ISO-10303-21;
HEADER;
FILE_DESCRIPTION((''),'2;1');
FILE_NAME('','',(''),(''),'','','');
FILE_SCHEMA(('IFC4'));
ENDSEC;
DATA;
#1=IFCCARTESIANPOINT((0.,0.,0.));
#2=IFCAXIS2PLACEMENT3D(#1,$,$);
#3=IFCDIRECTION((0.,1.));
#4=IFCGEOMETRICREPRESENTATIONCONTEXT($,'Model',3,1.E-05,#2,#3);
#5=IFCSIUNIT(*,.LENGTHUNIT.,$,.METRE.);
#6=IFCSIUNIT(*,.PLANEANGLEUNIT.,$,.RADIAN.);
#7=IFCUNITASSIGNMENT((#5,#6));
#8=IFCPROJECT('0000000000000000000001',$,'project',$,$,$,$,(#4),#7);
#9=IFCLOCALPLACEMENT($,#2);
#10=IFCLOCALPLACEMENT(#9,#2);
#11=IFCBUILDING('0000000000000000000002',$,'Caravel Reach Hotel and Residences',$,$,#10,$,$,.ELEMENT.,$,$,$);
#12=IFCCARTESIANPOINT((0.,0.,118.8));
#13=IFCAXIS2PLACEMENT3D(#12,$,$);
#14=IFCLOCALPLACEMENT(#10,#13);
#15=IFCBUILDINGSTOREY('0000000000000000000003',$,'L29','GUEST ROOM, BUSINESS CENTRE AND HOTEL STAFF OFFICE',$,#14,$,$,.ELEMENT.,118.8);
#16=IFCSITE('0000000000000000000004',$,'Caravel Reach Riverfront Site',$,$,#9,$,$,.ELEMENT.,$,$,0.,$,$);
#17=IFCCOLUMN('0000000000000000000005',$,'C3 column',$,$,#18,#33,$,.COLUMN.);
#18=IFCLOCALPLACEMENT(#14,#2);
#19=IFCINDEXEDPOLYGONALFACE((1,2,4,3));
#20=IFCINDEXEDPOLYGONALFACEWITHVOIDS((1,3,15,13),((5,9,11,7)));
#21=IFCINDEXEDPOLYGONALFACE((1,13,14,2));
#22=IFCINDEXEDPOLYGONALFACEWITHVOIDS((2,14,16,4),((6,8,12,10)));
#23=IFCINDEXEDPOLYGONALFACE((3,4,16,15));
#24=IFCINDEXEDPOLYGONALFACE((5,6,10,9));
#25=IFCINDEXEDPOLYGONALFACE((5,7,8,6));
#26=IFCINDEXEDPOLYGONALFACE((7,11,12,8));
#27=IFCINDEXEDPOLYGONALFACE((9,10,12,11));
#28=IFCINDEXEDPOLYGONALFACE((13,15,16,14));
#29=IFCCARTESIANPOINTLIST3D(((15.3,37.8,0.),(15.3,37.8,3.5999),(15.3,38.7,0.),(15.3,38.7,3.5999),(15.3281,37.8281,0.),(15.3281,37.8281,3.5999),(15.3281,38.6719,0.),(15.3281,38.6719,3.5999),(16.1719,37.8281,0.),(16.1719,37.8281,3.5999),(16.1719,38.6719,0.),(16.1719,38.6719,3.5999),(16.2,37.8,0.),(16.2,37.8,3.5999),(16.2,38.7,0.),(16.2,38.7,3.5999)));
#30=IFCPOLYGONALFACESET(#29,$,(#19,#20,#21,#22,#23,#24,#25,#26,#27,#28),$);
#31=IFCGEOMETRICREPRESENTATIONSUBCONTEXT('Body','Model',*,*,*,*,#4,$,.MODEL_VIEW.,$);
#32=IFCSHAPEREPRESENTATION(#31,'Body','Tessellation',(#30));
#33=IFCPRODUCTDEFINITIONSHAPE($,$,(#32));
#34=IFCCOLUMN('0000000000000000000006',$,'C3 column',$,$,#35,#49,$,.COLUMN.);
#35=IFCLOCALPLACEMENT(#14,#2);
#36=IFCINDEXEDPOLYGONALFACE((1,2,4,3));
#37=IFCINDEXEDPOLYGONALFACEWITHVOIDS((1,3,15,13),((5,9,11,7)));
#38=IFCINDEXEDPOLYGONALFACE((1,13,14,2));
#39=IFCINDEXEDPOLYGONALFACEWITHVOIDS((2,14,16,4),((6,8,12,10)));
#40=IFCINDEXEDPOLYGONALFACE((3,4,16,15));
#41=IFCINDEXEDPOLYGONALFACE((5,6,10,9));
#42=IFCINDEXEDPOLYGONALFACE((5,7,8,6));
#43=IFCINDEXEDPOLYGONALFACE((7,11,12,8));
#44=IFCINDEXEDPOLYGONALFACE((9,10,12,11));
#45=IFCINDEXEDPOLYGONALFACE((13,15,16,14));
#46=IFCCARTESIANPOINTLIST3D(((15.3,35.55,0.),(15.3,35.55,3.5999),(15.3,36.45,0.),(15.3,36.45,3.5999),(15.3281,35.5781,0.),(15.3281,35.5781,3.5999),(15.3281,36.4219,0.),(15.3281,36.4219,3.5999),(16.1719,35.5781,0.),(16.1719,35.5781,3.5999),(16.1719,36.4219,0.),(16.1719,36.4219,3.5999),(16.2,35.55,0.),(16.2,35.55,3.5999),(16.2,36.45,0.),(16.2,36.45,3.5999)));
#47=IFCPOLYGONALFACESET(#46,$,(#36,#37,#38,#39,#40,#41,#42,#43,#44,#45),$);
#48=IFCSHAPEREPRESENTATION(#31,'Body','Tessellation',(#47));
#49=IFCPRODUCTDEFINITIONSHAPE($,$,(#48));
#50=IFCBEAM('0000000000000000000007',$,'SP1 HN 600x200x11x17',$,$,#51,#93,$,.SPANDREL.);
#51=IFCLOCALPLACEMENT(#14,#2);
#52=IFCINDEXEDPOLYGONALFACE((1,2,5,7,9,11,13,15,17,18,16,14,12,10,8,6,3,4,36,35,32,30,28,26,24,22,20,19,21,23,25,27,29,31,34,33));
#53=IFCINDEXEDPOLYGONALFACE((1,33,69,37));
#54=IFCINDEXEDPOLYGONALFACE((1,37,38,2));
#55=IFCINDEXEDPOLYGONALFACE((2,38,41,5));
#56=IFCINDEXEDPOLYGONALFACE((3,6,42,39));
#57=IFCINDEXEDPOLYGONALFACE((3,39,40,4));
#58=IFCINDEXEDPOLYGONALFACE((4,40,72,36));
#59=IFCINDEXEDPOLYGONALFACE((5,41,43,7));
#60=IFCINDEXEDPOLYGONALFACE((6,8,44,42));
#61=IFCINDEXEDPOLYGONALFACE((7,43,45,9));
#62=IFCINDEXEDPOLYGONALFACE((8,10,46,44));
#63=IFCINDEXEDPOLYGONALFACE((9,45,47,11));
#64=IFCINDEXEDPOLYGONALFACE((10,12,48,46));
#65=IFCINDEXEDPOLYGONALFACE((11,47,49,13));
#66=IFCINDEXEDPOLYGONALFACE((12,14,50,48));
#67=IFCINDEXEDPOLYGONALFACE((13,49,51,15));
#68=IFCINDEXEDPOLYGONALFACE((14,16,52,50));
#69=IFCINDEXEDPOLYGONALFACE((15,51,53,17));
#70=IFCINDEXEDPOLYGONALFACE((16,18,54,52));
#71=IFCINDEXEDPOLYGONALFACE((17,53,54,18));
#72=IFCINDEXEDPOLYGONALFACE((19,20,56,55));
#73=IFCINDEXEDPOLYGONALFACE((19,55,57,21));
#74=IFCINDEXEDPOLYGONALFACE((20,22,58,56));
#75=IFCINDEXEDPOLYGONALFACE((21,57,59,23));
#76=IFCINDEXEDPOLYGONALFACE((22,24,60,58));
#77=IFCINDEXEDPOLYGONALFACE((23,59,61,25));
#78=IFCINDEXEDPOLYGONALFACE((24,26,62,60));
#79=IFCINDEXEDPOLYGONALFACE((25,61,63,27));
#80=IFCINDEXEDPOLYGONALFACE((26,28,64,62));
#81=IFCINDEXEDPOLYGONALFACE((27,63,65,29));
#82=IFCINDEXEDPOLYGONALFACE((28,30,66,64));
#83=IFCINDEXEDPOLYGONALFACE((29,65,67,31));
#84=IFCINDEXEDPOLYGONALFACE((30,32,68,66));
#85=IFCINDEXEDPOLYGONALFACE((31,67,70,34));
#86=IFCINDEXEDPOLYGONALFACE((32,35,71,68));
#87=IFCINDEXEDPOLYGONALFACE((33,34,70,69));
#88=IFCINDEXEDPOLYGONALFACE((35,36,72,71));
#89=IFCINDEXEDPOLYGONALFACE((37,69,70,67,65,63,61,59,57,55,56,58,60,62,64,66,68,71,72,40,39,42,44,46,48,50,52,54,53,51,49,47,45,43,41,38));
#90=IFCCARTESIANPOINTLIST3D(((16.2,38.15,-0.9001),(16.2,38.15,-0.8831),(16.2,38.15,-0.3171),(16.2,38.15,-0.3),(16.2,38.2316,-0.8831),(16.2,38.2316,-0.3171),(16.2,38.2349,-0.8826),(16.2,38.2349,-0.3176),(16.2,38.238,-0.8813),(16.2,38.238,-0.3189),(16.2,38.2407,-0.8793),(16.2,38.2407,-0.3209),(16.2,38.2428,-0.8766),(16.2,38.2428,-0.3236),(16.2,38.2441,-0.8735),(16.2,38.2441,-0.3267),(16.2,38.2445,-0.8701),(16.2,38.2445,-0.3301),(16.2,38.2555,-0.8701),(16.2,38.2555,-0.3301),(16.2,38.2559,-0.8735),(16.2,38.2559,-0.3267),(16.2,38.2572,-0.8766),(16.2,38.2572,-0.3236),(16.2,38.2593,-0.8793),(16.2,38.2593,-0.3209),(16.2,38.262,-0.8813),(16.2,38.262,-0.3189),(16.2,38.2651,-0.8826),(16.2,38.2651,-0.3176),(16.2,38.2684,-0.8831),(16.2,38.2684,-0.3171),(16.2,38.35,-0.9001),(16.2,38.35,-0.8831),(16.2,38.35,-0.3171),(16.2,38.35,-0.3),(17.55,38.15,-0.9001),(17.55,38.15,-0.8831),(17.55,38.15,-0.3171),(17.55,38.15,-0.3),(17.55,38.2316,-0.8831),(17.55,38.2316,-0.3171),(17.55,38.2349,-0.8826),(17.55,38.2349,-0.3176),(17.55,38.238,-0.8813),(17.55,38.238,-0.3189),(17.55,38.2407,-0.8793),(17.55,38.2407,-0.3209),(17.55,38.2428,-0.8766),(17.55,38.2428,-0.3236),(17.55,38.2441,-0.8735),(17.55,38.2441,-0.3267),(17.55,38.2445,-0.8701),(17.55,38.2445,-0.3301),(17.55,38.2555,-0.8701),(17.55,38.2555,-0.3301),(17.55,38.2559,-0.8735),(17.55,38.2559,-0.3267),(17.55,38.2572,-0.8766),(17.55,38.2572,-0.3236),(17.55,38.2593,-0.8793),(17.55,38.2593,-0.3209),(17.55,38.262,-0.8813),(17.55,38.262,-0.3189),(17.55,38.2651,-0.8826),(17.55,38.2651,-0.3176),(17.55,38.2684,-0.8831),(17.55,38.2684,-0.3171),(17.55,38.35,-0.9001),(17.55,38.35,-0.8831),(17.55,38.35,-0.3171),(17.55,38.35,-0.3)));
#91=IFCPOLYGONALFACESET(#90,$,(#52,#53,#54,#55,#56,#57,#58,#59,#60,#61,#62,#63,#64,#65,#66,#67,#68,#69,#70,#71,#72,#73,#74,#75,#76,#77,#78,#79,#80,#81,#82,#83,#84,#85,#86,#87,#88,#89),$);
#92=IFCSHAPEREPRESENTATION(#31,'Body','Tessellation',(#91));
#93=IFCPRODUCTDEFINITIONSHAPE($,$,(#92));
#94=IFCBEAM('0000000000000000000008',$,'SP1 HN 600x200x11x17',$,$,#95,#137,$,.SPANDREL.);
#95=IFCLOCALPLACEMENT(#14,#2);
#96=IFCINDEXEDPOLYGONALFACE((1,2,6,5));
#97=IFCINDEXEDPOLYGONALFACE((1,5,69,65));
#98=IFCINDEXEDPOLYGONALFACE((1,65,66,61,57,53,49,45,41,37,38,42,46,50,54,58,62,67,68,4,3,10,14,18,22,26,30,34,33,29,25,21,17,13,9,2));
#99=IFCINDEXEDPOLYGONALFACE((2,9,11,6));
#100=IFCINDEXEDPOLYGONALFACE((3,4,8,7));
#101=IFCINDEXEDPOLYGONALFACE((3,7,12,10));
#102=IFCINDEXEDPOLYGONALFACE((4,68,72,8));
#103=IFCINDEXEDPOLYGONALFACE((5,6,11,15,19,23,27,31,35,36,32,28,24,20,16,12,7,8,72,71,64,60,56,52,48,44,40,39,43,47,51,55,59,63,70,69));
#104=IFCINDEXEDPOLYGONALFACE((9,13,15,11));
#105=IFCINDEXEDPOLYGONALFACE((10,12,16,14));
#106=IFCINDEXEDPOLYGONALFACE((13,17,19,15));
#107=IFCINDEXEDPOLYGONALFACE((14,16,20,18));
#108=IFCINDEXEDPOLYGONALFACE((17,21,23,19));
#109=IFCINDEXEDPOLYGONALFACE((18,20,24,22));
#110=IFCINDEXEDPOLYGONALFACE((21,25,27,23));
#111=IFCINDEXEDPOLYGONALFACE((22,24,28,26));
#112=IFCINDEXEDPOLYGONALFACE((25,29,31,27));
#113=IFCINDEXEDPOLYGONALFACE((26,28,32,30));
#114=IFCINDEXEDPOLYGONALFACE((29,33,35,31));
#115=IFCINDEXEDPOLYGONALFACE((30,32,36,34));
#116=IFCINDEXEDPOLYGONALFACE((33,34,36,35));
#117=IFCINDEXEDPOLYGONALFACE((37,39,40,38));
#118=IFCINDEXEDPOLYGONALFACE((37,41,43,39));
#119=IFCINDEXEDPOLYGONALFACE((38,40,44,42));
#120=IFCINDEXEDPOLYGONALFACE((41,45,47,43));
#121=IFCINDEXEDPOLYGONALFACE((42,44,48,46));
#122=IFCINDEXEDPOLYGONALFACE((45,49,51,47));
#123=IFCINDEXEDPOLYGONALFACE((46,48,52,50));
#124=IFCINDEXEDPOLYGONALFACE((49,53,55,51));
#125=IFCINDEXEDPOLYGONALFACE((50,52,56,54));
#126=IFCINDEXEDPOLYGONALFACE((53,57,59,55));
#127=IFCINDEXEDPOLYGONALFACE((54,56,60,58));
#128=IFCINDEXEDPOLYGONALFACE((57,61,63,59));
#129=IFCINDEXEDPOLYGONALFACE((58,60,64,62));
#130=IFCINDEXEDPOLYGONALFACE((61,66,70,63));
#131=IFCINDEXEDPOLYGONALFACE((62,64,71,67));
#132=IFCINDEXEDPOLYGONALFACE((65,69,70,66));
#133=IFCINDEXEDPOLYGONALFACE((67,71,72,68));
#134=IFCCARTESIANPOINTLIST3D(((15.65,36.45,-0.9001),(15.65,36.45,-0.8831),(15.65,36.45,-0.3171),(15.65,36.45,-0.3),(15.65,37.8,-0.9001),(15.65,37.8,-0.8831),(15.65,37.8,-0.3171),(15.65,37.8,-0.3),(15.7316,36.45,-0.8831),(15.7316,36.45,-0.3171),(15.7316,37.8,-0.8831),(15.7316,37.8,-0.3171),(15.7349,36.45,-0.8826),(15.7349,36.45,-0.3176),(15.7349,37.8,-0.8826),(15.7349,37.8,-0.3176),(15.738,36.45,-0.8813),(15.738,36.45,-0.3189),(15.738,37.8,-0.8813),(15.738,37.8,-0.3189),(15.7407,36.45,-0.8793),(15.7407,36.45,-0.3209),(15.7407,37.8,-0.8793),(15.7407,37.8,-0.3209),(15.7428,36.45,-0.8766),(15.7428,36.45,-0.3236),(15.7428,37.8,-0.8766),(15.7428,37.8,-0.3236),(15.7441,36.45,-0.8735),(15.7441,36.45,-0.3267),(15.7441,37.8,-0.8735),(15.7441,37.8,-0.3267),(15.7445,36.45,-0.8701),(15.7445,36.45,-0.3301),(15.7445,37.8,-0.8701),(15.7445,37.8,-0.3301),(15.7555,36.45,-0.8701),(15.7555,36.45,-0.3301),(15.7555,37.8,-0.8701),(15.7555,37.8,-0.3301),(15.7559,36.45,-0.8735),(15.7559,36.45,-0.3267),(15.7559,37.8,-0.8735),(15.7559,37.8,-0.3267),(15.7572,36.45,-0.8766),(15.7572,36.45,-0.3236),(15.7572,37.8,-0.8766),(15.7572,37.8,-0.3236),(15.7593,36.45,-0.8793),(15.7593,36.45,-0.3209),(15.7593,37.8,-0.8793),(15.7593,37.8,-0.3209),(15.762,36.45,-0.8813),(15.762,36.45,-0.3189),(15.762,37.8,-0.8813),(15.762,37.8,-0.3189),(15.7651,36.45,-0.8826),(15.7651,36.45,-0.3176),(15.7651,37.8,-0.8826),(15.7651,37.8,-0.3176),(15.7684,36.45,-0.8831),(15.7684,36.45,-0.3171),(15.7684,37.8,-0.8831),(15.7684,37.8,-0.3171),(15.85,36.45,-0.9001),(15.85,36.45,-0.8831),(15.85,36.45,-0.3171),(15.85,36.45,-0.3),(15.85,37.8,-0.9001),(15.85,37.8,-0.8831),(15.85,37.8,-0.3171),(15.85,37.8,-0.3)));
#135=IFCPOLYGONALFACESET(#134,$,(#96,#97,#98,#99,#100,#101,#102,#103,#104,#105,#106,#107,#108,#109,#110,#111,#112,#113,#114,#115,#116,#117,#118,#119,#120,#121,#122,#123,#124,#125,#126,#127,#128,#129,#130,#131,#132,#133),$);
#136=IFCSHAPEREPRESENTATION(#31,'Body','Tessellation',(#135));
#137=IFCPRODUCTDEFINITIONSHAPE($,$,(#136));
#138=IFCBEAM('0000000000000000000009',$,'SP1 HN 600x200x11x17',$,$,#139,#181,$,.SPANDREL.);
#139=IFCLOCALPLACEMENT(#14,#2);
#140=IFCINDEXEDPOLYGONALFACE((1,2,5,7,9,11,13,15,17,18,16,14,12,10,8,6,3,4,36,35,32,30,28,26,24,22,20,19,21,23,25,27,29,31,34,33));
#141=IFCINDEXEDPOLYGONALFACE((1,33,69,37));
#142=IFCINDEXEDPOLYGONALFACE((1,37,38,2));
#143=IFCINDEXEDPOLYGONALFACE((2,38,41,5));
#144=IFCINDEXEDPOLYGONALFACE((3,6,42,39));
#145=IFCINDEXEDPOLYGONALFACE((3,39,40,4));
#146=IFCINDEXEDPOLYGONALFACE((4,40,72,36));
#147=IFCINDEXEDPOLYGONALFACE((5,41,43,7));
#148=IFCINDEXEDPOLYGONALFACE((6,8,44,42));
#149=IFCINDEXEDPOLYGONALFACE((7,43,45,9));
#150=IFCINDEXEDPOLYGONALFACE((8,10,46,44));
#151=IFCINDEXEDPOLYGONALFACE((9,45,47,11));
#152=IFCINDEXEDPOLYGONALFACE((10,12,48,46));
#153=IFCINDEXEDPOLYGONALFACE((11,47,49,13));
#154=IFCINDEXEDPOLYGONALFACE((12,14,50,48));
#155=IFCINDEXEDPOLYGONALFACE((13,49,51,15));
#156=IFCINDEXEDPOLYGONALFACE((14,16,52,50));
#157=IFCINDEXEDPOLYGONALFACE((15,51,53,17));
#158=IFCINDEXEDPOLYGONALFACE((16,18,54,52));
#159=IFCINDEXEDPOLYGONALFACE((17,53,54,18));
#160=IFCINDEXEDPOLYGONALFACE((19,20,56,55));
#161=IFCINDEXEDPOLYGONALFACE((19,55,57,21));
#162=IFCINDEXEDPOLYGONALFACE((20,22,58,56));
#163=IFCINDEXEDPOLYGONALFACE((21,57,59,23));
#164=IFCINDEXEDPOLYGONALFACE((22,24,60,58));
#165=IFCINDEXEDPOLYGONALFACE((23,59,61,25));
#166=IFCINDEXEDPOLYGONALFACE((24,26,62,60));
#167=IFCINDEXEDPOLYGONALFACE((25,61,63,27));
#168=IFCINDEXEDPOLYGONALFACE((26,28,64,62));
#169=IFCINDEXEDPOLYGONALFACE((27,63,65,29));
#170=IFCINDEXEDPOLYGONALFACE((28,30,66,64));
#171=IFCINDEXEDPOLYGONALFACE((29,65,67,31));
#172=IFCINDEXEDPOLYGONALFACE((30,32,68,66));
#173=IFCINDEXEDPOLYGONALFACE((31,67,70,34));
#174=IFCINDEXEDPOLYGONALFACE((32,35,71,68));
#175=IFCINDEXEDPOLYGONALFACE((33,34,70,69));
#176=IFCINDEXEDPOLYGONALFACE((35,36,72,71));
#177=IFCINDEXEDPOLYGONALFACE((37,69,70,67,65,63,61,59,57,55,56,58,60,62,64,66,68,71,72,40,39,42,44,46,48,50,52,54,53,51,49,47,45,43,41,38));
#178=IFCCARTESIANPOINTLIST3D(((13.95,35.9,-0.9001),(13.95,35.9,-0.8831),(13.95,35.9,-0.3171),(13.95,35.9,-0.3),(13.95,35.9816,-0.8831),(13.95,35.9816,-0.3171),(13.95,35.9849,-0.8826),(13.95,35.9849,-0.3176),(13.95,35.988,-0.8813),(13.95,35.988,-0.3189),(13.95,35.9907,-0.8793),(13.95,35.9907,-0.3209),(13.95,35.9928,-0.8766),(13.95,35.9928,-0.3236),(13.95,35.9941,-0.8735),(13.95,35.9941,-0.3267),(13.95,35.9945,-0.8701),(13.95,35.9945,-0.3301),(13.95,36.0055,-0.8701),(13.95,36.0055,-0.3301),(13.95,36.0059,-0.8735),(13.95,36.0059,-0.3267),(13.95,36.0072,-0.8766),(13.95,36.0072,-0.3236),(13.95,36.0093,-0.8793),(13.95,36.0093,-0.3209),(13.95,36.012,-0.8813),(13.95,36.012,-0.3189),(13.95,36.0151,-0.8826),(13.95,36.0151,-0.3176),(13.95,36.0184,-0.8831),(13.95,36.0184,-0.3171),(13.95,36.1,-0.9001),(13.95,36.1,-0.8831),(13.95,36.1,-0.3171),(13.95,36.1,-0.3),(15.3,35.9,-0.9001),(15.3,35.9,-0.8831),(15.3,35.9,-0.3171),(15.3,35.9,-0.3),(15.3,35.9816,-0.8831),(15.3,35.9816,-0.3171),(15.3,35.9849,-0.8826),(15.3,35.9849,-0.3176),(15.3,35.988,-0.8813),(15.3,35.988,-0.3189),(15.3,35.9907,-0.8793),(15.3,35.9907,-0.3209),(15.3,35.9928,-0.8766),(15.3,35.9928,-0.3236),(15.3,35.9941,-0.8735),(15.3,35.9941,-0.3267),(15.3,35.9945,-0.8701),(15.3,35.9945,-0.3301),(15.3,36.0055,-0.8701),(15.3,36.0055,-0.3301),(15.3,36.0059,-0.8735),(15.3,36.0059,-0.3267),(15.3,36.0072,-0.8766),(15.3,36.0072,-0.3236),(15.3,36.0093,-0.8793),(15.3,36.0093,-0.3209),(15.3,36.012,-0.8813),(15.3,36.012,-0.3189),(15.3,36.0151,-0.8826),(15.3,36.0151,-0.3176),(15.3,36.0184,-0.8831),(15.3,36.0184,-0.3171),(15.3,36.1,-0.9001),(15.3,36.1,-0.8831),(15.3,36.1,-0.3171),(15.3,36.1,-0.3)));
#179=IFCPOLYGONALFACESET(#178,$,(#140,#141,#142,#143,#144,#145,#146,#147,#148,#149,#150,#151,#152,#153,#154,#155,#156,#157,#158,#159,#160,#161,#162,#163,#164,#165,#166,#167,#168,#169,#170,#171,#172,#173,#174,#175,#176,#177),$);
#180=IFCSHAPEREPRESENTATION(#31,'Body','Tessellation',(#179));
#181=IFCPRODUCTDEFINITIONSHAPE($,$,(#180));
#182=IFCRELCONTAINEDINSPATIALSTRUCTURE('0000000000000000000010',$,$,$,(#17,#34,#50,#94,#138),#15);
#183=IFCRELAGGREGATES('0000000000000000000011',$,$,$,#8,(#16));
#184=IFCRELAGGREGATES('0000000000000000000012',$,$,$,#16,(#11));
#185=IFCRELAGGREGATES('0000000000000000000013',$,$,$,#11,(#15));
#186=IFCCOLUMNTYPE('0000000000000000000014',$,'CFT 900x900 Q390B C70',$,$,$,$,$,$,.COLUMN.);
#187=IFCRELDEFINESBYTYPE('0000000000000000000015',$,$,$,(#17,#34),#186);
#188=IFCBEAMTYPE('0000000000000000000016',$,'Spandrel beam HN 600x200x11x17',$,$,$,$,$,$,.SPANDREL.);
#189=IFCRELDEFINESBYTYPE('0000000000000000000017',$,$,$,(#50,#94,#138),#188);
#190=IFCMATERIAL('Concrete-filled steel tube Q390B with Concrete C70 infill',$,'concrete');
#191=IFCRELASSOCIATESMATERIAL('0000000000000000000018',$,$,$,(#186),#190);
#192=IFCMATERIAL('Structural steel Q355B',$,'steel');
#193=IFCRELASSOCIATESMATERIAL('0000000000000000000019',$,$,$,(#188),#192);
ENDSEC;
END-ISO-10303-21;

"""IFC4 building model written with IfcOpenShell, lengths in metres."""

from ifc_helpers import new_model, si_unit, direction, frame, origin, origin_2d, place, context, subcontext, project, spatial, hollow_rectangle, i_section, extrude, material, material_profile, profile_set, type_object, element, save


model = new_model("IFC4")

# Units and contexts
model_context = context("Model", 3, precision=1e-05, world=origin(), true_north=direction((0.0, 1.0)))
body_context = subcontext(model_context, "Body", "Model", "MODEL_VIEW")
ifc_project = project(units=[si_unit("LENGTHUNIT", "METRE"), si_unit("PLANEANGLEUNIT", "RADIAN")], contexts=[model_context])

# Site, building, storey
site_placement = place(None, origin())
site = spatial("IfcSite", under=ifc_project, at=site_placement, Name="Caravel Reach Riverfront Site", CompositionType="ELEMENT", RefElevation=0.0)
building_placement = place(site_placement, origin())
building = spatial("IfcBuilding", under=site, at=building_placement, Name="Caravel Reach Hotel and Residences", CompositionType="ELEMENT")
storey_placement = place(building_placement, frame((0.0, 0.0, 118.8)))
storey = spatial("IfcBuildingStorey", under=building, at=storey_placement, Name="L29", Description="GUEST ROOM, BUSINESS CENTRE AND HOTEL STAFF OFFICE", CompositionType="ELEMENT", Elevation=118.8)

# Columns
ifc_material_1 = material(Name="Concrete-filled steel tube Q390B with Concrete C70 infill", Category="concrete")
ifc_material_profile_1 = material_profile(ifc_material_1, hollow_rectangle(XDim=0.8999, YDim=0.8999, WallThickness=0.0281, at=origin_2d()), Name="RHS 900x900x28")
ifc_profile_set_1 = profile_set([ifc_material_profile_1], Name="Concrete-filled steel tube Q390B with Concrete C70 infill")
column_type = type_object("IfcColumnType", Name="CFT 900x900 Q390B C70", PredefinedType="COLUMN", material=ifc_profile_set_1)
for number, where, z_axis, x_axis, name in (
    (1, (15.75, 38.25, 0.0), (0.0, 0.0, 1.0), (1.0, 0.0, 0.0), "C3 column"),
    (2, (15.75, 36.0, 0.0), (0.0, 0.0, 1.0), (1.0, 0.0, 0.0), "C3 column"),
):
    element("IfcColumn", number, at=place(storey_placement, frame(where, z_axis=z_axis, x_axis=x_axis)), inside=storey, type_object=column_type, Name=name, PredefinedType="COLUMN", context=body_context, shape_type="SweptSolid", body=[
        extrude(hollow_rectangle(XDim=0.8999, YDim=0.8999, WallThickness=0.0281, at=origin_2d()), origin(), (0.0, 0.0, 1.0), 3.5999),
    ])

# Beams
ifc_material_2 = material(Name="Structural steel Q355B", Category="steel")
ifc_material_profile_2 = material_profile(ifc_material_2, i_section(OverallWidth=0.2, OverallDepth=0.6001, WebThickness=0.011, FlangeThickness=0.0171, FilletRadius=0.0129, at=origin_2d()), Name="HN 600x200x11x17")
ifc_profile_set_2 = profile_set([ifc_material_profile_2], Name="Structural steel Q355B")
beam_type = type_object("IfcBeamType", Name="Spandrel beam HN 600x200x11x17", PredefinedType="SPANDREL", material=ifc_profile_set_2)
for number, where, z_axis, x_axis, name in (
    (3, (17.55, 38.25, -0.6001), (-1.0, 0.0, 0.0), (0.0, -1.0, 0.0), "SP1 HN 600x200x11x17"),
    (4, (15.75, 37.8, -0.6001), (0.0, -1.0, 0.0), (1.0, 0.0, 0.0), "SP1 HN 600x200x11x17"),
    (5, (15.3, 36.0, -0.6001), (-1.0, 0.0, 0.0), (0.0, -1.0, 0.0), "SP1 HN 600x200x11x17"),
):
    element("IfcBeam", number, at=place(storey_placement, frame(where, z_axis=z_axis, x_axis=x_axis)), inside=storey, type_object=beam_type, Name=name, PredefinedType="SPANDREL", context=body_context, shape_type="SweptSolid", body=[
        extrude(i_section(OverallWidth=0.2, OverallDepth=0.6001, WebThickness=0.011, FlangeThickness=0.0171, FilletRadius=0.0129, at=origin_2d()), origin(), (0.0, 0.0, 1.0), 1.3501),
    ])

save(model, "model.ifc")
